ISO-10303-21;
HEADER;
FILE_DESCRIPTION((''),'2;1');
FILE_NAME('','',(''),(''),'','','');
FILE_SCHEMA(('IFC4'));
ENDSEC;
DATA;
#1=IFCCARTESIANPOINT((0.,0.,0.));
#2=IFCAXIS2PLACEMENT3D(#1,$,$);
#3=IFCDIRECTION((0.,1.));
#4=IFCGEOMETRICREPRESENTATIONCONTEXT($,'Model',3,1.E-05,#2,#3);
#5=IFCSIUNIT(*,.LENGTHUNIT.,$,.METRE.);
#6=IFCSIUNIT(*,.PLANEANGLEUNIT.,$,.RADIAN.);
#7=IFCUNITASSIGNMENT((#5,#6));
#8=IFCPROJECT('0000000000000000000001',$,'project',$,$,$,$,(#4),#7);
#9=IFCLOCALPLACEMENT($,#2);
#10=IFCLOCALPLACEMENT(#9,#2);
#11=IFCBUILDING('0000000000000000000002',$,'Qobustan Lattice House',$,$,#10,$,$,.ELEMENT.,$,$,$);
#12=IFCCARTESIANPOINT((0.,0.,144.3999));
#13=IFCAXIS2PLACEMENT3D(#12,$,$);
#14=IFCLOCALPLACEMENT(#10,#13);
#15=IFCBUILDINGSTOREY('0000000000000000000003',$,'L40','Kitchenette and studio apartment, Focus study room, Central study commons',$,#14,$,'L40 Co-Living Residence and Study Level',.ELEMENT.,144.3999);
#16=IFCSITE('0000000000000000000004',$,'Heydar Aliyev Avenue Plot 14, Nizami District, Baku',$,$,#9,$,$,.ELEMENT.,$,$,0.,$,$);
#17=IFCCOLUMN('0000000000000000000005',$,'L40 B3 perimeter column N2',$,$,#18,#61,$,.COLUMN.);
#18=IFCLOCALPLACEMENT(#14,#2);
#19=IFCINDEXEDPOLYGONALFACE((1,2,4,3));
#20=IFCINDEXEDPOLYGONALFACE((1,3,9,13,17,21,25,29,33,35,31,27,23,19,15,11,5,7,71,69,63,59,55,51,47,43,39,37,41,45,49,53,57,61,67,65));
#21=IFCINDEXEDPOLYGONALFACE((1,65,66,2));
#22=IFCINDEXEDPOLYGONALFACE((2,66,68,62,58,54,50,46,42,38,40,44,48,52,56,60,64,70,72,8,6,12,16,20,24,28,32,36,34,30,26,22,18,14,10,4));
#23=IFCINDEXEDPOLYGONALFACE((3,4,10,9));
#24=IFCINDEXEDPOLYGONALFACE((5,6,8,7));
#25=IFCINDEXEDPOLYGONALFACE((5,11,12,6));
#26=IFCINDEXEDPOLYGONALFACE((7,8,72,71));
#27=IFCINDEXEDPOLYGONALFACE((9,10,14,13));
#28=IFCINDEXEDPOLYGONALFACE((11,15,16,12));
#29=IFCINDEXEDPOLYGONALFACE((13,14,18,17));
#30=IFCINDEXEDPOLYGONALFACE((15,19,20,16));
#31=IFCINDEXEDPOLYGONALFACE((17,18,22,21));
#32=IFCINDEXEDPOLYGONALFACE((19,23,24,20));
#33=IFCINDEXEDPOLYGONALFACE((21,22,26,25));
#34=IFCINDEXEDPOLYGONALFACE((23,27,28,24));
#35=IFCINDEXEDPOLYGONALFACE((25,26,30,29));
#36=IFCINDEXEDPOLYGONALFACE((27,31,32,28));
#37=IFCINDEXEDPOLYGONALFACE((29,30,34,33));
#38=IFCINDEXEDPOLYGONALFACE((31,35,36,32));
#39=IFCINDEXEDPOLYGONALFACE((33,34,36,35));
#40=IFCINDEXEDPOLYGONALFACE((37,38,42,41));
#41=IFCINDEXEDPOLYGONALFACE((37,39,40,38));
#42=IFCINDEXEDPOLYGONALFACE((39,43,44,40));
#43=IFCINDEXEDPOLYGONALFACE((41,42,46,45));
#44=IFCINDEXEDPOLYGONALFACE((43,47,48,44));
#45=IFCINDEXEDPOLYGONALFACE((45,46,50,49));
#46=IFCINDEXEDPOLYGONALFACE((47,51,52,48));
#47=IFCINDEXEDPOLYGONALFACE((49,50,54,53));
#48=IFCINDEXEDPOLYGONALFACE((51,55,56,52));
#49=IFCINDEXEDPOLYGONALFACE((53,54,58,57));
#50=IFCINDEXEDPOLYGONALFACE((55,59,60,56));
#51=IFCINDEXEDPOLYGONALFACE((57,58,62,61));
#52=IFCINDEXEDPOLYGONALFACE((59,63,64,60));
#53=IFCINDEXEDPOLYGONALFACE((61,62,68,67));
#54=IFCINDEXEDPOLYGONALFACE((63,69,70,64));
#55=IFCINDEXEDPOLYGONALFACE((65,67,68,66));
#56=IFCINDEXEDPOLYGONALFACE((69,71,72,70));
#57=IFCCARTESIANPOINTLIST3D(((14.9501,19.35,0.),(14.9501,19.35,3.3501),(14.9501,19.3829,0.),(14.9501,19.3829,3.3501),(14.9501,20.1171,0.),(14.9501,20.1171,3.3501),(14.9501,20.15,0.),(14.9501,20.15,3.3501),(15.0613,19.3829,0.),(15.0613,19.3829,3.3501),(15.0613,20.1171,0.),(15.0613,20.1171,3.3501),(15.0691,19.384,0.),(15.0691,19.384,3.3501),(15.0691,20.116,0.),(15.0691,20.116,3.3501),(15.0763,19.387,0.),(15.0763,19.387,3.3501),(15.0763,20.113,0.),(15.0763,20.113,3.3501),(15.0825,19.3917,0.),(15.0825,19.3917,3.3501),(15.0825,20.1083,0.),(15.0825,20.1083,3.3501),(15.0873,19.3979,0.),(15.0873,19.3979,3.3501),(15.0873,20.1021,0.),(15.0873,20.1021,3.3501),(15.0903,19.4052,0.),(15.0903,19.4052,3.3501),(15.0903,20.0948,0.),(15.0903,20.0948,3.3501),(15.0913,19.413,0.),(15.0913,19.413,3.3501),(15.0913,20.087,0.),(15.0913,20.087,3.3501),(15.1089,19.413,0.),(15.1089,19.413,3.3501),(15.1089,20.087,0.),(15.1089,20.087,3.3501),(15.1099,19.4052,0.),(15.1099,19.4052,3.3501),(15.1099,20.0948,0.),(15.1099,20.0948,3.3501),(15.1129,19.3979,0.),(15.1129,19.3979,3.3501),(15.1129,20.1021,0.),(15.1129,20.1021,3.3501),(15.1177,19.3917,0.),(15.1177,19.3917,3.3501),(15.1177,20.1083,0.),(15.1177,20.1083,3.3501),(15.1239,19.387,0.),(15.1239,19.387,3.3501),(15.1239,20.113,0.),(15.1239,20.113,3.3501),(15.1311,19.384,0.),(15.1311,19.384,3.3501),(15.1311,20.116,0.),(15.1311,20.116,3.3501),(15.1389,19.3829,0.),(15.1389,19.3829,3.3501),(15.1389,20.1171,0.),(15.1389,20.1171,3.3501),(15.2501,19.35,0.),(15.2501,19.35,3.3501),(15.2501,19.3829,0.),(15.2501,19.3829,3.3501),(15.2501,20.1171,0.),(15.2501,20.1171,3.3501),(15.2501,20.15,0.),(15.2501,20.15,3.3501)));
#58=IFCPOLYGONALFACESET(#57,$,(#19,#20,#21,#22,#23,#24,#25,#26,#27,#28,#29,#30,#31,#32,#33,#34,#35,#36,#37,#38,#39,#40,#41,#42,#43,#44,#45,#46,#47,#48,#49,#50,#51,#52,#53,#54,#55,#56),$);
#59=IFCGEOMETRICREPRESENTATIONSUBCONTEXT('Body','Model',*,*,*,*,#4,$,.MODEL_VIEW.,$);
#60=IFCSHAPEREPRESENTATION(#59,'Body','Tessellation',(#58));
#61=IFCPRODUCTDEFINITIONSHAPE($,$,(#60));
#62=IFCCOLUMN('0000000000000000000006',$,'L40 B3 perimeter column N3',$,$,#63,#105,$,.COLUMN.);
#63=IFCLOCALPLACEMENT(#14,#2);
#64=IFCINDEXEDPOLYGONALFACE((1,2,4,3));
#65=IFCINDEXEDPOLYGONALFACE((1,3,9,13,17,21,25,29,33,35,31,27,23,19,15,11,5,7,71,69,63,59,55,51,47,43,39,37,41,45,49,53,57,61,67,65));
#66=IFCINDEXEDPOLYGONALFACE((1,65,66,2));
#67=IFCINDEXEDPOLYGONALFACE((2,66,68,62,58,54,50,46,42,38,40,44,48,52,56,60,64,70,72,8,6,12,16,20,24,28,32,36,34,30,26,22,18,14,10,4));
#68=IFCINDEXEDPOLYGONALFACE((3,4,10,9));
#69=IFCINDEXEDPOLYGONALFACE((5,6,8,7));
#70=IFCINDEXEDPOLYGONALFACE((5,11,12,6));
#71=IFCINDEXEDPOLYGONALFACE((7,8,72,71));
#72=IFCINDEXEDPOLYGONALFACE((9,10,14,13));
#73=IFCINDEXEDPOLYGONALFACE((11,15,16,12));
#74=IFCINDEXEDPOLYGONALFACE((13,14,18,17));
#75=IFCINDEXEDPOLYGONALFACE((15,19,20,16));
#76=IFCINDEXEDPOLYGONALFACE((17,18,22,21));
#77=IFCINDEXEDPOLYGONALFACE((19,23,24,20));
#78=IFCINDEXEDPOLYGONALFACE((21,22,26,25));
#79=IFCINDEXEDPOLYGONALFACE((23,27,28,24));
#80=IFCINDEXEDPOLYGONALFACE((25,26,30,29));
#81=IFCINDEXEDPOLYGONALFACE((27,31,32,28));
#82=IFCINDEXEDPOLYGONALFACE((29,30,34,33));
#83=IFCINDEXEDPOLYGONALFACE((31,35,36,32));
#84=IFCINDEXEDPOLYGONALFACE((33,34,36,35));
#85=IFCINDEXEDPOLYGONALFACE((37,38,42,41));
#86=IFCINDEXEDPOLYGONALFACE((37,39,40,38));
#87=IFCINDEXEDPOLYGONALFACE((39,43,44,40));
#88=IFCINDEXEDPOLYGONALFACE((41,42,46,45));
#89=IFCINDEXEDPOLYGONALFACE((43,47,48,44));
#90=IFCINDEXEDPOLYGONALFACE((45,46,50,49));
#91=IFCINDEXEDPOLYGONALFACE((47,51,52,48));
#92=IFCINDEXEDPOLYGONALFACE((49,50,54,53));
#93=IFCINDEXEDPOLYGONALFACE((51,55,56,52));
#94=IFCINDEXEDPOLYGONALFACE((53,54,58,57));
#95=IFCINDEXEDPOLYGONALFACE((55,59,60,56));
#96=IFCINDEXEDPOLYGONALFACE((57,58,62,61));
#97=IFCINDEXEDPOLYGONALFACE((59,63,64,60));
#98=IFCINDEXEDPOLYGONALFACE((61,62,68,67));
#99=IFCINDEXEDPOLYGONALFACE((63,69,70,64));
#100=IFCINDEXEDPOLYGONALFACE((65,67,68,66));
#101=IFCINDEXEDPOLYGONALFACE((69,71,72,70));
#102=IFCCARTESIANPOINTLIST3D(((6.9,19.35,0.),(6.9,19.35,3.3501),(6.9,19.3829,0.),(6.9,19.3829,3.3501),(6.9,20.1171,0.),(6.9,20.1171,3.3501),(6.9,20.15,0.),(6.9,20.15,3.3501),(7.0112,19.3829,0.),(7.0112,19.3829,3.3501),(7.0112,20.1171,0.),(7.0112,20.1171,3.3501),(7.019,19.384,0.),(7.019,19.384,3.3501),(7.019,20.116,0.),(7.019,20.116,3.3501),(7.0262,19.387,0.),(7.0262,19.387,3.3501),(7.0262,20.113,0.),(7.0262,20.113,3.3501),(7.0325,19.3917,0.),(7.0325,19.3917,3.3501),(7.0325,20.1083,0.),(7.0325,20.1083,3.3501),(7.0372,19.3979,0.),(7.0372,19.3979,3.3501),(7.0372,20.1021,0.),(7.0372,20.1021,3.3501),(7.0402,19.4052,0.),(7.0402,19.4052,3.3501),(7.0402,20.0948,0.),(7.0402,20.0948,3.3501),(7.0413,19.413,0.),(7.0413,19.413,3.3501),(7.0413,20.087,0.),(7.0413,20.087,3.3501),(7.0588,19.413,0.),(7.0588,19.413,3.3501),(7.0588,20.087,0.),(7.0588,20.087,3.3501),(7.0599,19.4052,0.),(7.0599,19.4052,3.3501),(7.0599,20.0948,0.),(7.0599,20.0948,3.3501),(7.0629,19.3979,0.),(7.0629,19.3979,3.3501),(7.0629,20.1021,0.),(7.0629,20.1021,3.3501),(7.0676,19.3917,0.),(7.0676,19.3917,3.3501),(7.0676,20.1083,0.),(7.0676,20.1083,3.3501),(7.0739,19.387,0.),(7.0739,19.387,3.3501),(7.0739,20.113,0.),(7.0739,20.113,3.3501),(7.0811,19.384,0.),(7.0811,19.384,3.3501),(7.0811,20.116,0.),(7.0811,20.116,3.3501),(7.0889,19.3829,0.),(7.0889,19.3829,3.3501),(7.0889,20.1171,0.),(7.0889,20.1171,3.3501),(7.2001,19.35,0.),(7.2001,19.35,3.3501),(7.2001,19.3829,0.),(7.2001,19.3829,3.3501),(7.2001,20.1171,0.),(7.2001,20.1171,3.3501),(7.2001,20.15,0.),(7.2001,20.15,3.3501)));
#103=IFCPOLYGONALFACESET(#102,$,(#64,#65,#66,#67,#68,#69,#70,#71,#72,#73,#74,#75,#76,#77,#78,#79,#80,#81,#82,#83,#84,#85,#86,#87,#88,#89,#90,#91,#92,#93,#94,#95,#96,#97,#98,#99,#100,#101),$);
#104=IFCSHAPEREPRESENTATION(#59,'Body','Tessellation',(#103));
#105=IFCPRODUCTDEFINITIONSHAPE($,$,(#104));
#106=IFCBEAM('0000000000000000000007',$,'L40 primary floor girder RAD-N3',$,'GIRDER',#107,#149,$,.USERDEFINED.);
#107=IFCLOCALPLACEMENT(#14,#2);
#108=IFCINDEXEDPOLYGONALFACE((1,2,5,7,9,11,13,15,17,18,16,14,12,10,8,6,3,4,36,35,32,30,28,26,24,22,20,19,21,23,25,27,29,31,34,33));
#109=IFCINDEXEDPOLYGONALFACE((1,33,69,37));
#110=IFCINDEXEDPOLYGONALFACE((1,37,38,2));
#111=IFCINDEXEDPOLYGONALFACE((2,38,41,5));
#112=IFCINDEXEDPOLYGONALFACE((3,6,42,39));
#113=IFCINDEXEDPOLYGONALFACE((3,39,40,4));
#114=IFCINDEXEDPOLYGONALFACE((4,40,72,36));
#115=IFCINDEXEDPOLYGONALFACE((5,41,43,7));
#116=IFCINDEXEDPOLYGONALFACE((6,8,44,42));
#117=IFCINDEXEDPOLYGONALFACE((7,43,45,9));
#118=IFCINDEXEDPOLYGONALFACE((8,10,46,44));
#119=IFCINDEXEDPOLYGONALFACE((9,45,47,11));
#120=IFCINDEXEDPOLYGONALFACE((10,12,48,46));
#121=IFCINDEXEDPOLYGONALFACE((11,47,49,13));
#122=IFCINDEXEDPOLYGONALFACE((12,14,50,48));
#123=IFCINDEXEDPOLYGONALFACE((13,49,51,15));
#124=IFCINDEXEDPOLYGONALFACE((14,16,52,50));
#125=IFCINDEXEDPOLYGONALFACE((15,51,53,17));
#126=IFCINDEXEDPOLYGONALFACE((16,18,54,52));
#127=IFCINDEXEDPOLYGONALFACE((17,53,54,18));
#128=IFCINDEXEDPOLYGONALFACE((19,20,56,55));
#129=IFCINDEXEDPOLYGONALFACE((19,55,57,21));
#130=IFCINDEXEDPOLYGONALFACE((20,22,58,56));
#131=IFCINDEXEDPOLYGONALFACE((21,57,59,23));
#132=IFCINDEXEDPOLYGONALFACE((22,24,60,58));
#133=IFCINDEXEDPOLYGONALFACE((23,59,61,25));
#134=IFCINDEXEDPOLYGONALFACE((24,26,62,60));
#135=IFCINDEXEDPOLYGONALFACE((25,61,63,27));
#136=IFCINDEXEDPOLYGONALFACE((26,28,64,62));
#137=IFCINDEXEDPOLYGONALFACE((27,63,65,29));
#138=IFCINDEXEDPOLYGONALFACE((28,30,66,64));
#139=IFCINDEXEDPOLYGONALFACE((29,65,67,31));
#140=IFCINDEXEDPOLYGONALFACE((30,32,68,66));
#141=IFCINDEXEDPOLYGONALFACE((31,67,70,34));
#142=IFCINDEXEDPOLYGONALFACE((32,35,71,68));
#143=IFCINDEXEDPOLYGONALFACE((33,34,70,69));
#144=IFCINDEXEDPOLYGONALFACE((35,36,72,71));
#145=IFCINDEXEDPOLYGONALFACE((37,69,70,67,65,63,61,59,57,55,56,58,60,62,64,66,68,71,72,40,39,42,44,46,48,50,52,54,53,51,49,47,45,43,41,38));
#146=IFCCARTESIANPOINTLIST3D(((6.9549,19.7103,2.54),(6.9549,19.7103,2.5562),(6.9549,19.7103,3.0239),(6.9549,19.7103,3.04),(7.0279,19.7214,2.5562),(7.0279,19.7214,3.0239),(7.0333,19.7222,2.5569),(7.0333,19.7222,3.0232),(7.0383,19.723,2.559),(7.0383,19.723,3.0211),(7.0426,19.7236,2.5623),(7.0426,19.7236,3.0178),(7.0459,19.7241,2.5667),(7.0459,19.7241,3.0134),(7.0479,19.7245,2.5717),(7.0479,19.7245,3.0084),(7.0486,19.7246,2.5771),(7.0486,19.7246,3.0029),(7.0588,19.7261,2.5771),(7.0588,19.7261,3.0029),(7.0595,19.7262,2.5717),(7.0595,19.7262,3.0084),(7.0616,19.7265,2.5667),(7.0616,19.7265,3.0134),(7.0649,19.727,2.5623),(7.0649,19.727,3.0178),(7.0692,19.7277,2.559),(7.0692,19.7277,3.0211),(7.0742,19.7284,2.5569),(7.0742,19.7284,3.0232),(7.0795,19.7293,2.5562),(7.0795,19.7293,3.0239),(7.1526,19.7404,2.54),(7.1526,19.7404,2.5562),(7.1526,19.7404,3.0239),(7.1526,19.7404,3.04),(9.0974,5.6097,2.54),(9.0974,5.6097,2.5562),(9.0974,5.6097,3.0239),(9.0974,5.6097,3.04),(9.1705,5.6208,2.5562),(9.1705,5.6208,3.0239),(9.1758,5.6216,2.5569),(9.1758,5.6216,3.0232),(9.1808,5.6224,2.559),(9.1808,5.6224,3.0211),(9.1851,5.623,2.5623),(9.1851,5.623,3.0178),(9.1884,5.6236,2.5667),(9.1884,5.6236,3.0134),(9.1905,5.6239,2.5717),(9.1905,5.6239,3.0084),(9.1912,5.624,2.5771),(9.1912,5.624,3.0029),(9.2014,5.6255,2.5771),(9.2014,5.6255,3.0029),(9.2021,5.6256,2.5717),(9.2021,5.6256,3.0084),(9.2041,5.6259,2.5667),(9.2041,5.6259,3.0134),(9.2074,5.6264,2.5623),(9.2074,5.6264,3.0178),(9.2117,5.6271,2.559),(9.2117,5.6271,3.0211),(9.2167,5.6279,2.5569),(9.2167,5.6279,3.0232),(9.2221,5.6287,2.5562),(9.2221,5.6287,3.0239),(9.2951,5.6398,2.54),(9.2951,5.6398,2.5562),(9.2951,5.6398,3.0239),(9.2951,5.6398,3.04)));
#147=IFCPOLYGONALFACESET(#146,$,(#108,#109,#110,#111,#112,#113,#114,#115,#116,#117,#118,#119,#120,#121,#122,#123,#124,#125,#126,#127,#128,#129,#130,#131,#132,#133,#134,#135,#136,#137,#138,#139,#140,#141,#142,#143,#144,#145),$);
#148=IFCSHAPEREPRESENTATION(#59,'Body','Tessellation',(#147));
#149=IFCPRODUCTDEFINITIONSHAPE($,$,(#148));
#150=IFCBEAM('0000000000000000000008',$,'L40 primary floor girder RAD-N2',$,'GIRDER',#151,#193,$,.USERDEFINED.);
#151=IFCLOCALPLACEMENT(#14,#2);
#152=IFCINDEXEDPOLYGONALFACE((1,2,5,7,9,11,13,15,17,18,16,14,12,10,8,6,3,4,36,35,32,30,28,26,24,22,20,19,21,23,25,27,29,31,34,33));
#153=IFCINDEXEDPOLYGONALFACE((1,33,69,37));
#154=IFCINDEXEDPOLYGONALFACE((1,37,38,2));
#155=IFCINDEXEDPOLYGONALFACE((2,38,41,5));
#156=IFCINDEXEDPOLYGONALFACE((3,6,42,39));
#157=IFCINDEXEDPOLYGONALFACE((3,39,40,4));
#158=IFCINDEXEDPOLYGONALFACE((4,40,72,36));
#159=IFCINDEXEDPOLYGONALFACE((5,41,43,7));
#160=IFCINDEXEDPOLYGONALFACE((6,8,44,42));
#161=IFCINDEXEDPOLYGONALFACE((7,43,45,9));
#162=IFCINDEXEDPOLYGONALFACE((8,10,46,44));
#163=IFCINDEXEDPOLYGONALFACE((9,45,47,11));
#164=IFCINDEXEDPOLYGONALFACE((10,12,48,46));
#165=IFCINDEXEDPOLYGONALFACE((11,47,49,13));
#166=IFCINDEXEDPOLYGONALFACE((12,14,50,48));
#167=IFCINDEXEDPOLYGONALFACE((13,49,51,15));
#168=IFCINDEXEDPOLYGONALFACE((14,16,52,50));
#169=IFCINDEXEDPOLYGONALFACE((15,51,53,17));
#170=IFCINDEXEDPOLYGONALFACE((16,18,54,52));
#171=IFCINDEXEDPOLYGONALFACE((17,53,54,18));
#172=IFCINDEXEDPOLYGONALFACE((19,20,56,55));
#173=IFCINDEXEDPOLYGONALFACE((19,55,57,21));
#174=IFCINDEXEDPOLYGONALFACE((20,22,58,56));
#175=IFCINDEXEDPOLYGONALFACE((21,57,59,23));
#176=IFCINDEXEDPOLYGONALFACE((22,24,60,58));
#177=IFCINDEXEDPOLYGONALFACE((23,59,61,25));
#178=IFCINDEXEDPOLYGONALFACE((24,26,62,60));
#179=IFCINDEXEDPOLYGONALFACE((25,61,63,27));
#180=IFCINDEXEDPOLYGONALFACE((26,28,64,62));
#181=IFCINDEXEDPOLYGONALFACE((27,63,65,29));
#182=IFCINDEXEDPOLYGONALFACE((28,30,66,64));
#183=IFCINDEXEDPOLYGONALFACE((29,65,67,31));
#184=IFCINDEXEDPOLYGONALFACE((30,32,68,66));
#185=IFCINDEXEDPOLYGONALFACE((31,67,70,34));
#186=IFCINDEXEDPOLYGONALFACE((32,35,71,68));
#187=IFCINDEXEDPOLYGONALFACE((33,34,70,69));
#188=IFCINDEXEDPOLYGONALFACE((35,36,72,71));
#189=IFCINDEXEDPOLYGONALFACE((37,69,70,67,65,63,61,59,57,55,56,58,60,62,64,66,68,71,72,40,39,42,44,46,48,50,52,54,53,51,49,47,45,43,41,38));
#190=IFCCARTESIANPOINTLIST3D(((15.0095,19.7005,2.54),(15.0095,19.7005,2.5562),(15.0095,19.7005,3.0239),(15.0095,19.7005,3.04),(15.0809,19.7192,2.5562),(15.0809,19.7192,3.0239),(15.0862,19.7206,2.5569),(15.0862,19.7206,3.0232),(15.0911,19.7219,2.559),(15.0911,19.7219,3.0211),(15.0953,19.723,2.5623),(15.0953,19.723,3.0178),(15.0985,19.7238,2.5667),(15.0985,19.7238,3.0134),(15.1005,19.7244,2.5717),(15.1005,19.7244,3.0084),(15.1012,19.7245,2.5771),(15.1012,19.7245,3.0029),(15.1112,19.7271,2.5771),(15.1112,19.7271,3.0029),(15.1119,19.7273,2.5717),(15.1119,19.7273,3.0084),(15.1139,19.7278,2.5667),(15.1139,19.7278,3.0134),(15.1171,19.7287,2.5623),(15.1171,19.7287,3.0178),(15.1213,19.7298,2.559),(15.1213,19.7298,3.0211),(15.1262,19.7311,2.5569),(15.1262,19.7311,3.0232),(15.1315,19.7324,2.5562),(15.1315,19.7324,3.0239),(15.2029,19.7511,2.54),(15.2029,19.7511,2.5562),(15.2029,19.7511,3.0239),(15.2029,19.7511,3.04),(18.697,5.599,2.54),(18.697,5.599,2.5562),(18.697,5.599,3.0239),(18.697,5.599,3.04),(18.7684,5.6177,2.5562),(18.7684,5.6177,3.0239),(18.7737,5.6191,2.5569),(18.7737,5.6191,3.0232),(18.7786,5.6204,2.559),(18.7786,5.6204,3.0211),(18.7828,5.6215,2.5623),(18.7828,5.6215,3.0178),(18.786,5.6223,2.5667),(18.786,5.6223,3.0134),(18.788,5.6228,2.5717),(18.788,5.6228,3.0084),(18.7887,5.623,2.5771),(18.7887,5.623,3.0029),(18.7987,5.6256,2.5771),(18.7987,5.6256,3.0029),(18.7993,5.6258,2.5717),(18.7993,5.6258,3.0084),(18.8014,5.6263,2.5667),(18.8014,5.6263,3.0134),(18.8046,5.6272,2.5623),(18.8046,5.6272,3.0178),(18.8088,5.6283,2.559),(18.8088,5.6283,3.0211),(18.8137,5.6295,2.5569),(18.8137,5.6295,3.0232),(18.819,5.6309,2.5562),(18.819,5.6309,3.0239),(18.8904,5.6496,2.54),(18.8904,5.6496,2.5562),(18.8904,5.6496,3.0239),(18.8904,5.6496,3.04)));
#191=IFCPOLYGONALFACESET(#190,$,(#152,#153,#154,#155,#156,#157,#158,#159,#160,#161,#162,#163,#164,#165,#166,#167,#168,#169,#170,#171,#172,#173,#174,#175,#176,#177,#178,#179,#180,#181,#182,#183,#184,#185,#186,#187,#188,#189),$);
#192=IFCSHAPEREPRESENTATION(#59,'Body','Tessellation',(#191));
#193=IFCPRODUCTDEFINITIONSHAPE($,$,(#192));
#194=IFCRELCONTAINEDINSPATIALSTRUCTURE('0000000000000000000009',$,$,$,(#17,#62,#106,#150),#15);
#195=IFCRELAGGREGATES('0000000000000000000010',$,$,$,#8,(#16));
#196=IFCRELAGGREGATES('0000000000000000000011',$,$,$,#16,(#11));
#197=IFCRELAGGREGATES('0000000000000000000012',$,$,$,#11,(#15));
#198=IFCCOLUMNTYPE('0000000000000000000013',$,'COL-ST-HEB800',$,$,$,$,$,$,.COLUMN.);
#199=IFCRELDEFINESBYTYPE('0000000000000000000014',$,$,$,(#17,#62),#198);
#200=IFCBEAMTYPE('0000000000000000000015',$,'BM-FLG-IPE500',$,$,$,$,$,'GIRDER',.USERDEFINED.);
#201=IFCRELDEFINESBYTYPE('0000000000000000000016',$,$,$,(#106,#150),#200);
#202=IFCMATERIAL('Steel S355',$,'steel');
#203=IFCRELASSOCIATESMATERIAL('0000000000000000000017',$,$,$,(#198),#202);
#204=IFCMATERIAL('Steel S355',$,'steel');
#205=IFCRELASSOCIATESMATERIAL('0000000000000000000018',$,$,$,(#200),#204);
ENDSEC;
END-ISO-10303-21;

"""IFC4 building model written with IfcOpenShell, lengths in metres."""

from ifc_helpers import new_model, si_unit, direction, frame, origin, origin_2d, place, context, subcontext, project, spatial, i_section, extrude, material, material_profile, profile_set, type_object, element, save


model = new_model("IFC4")

# Units and contexts
model_context = context("Model", 3, precision=1e-05, world=origin(), true_north=direction((0.0, 1.0)))
body_context = subcontext(model_context, "Body", "Model", "MODEL_VIEW")
ifc_project = project(units=[si_unit("LENGTHUNIT", "METRE"), si_unit("PLANEANGLEUNIT", "RADIAN")], contexts=[model_context])

# Site, building, storey
site_placement = place(None, origin())
site = spatial("IfcSite", under=ifc_project, at=site_placement, Name="Heydar Aliyev Avenue Plot 14, Nizami District, Baku", CompositionType="ELEMENT", RefElevation=0.0)
building_placement = place(site_placement, origin())
building = spatial("IfcBuilding", under=site, at=building_placement, Name="Qobustan Lattice House", CompositionType="ELEMENT")
storey_placement = place(building_placement, frame((0.0, 0.0, 144.3999)))
storey = spatial("IfcBuildingStorey", under=building, at=storey_placement, Name="L40", Description="Kitchenette and studio apartment, Focus study room, Central study commons", LongName="L40 Co-Living Residence and Study Level", CompositionType="ELEMENT", Elevation=144.3999)

# Columns
ifc_material_1 = material(Name="Steel S355", Category="steel")
ifc_material_profile_1 = material_profile(ifc_material_1, i_section(OverallWidth=0.3, OverallDepth=0.8, WebThickness=0.0176, FlangeThickness=0.033, FilletRadius=0.03, at=origin_2d()), Name="HEB800")
ifc_profile_set_1 = profile_set([ifc_material_profile_1], Name="Steel S355")
column_type = type_object("IfcColumnType", Name="COL-ST-HEB800", PredefinedType="COLUMN", material=ifc_profile_set_1)
for number, where, z_axis, x_axis, name in (
    (1, (15.1001, 19.75, 0.0), (0.0, 0.0, 1.0), (1.0, 0.0, 0.0), "L40 B3 perimeter column N2"),
    (2, (7.05, 19.75, 0.0), (0.0, 0.0, 1.0), (1.0, 0.0, 0.0), "L40 B3 perimeter column N3"),
):
    element("IfcColumn", number, at=place(storey_placement, frame(where, z_axis=z_axis, x_axis=x_axis)), inside=storey, type_object=column_type, Name=name, PredefinedType="COLUMN", context=body_context, shape_type="SweptSolid", body=[
        extrude(i_section(OverallWidth=0.3, OverallDepth=0.8, WebThickness=0.0176, FlangeThickness=0.033, FilletRadius=0.03, at=origin_2d()), origin(), (0.0, 0.0, 1.0), 3.3501),
    ])

# Beams
ifc_material_2 = material(Name="Steel S355", Category="steel")
ifc_material_profile_2 = material_profile(ifc_material_2, i_section(OverallWidth=0.2, OverallDepth=0.5, WebThickness=0.0103, FlangeThickness=0.0161, FilletRadius=0.021, at=origin_2d()), Name="IPE500")
ifc_profile_set_2 = profile_set([ifc_material_profile_2], Name="Steel S355")
beam_type_1 = type_object("IfcBeamType", Name="BM-FLG-IPE500", ElementType="GIRDER", PredefinedType="USERDEFINED", material=ifc_profile_set_2)
beam_1_placement = place(storey_placement, frame((7.0537, 19.7253, 2.79), z_axis=(0.150225, -0.988652, 0.0), x_axis=(0.988652, 0.150225, 0.0)))
element("IfcBeam", 3, at=beam_1_placement, inside=storey, type_object=beam_type_1, Name="L40 primary floor girder RAD-N3", ObjectType="GIRDER", PredefinedType="USERDEFINED", context=body_context, shape_type="SweptSolid", body=[
    extrude(i_section(OverallWidth=0.2, OverallDepth=0.5, WebThickness=0.0103, FlangeThickness=0.0161, FilletRadius=0.021, at=origin_2d()), origin(), (0.0, 0.0, 1.0), 14.2625),
])
beam_2_placement = place(storey_placement, frame((15.1062, 19.7258, 2.79), z_axis=(0.252989, -0.967469, 0.0), x_axis=(0.967469, 0.252989, 0.0)))
element("IfcBeam", 4, at=beam_2_placement, inside=storey, type_object=beam_type_1, Name="L40 primary floor girder RAD-N2", ObjectType="GIRDER", PredefinedType="USERDEFINED", context=body_context, shape_type="SweptSolid", body=[
    extrude(i_section(OverallWidth=0.2, OverallDepth=0.5, WebThickness=0.0103, FlangeThickness=0.0161, FilletRadius=0.021, at=origin_2d()), origin(), (0.0, 0.0, 1.0), 14.5757),
])

save(model, "model.ifc")
